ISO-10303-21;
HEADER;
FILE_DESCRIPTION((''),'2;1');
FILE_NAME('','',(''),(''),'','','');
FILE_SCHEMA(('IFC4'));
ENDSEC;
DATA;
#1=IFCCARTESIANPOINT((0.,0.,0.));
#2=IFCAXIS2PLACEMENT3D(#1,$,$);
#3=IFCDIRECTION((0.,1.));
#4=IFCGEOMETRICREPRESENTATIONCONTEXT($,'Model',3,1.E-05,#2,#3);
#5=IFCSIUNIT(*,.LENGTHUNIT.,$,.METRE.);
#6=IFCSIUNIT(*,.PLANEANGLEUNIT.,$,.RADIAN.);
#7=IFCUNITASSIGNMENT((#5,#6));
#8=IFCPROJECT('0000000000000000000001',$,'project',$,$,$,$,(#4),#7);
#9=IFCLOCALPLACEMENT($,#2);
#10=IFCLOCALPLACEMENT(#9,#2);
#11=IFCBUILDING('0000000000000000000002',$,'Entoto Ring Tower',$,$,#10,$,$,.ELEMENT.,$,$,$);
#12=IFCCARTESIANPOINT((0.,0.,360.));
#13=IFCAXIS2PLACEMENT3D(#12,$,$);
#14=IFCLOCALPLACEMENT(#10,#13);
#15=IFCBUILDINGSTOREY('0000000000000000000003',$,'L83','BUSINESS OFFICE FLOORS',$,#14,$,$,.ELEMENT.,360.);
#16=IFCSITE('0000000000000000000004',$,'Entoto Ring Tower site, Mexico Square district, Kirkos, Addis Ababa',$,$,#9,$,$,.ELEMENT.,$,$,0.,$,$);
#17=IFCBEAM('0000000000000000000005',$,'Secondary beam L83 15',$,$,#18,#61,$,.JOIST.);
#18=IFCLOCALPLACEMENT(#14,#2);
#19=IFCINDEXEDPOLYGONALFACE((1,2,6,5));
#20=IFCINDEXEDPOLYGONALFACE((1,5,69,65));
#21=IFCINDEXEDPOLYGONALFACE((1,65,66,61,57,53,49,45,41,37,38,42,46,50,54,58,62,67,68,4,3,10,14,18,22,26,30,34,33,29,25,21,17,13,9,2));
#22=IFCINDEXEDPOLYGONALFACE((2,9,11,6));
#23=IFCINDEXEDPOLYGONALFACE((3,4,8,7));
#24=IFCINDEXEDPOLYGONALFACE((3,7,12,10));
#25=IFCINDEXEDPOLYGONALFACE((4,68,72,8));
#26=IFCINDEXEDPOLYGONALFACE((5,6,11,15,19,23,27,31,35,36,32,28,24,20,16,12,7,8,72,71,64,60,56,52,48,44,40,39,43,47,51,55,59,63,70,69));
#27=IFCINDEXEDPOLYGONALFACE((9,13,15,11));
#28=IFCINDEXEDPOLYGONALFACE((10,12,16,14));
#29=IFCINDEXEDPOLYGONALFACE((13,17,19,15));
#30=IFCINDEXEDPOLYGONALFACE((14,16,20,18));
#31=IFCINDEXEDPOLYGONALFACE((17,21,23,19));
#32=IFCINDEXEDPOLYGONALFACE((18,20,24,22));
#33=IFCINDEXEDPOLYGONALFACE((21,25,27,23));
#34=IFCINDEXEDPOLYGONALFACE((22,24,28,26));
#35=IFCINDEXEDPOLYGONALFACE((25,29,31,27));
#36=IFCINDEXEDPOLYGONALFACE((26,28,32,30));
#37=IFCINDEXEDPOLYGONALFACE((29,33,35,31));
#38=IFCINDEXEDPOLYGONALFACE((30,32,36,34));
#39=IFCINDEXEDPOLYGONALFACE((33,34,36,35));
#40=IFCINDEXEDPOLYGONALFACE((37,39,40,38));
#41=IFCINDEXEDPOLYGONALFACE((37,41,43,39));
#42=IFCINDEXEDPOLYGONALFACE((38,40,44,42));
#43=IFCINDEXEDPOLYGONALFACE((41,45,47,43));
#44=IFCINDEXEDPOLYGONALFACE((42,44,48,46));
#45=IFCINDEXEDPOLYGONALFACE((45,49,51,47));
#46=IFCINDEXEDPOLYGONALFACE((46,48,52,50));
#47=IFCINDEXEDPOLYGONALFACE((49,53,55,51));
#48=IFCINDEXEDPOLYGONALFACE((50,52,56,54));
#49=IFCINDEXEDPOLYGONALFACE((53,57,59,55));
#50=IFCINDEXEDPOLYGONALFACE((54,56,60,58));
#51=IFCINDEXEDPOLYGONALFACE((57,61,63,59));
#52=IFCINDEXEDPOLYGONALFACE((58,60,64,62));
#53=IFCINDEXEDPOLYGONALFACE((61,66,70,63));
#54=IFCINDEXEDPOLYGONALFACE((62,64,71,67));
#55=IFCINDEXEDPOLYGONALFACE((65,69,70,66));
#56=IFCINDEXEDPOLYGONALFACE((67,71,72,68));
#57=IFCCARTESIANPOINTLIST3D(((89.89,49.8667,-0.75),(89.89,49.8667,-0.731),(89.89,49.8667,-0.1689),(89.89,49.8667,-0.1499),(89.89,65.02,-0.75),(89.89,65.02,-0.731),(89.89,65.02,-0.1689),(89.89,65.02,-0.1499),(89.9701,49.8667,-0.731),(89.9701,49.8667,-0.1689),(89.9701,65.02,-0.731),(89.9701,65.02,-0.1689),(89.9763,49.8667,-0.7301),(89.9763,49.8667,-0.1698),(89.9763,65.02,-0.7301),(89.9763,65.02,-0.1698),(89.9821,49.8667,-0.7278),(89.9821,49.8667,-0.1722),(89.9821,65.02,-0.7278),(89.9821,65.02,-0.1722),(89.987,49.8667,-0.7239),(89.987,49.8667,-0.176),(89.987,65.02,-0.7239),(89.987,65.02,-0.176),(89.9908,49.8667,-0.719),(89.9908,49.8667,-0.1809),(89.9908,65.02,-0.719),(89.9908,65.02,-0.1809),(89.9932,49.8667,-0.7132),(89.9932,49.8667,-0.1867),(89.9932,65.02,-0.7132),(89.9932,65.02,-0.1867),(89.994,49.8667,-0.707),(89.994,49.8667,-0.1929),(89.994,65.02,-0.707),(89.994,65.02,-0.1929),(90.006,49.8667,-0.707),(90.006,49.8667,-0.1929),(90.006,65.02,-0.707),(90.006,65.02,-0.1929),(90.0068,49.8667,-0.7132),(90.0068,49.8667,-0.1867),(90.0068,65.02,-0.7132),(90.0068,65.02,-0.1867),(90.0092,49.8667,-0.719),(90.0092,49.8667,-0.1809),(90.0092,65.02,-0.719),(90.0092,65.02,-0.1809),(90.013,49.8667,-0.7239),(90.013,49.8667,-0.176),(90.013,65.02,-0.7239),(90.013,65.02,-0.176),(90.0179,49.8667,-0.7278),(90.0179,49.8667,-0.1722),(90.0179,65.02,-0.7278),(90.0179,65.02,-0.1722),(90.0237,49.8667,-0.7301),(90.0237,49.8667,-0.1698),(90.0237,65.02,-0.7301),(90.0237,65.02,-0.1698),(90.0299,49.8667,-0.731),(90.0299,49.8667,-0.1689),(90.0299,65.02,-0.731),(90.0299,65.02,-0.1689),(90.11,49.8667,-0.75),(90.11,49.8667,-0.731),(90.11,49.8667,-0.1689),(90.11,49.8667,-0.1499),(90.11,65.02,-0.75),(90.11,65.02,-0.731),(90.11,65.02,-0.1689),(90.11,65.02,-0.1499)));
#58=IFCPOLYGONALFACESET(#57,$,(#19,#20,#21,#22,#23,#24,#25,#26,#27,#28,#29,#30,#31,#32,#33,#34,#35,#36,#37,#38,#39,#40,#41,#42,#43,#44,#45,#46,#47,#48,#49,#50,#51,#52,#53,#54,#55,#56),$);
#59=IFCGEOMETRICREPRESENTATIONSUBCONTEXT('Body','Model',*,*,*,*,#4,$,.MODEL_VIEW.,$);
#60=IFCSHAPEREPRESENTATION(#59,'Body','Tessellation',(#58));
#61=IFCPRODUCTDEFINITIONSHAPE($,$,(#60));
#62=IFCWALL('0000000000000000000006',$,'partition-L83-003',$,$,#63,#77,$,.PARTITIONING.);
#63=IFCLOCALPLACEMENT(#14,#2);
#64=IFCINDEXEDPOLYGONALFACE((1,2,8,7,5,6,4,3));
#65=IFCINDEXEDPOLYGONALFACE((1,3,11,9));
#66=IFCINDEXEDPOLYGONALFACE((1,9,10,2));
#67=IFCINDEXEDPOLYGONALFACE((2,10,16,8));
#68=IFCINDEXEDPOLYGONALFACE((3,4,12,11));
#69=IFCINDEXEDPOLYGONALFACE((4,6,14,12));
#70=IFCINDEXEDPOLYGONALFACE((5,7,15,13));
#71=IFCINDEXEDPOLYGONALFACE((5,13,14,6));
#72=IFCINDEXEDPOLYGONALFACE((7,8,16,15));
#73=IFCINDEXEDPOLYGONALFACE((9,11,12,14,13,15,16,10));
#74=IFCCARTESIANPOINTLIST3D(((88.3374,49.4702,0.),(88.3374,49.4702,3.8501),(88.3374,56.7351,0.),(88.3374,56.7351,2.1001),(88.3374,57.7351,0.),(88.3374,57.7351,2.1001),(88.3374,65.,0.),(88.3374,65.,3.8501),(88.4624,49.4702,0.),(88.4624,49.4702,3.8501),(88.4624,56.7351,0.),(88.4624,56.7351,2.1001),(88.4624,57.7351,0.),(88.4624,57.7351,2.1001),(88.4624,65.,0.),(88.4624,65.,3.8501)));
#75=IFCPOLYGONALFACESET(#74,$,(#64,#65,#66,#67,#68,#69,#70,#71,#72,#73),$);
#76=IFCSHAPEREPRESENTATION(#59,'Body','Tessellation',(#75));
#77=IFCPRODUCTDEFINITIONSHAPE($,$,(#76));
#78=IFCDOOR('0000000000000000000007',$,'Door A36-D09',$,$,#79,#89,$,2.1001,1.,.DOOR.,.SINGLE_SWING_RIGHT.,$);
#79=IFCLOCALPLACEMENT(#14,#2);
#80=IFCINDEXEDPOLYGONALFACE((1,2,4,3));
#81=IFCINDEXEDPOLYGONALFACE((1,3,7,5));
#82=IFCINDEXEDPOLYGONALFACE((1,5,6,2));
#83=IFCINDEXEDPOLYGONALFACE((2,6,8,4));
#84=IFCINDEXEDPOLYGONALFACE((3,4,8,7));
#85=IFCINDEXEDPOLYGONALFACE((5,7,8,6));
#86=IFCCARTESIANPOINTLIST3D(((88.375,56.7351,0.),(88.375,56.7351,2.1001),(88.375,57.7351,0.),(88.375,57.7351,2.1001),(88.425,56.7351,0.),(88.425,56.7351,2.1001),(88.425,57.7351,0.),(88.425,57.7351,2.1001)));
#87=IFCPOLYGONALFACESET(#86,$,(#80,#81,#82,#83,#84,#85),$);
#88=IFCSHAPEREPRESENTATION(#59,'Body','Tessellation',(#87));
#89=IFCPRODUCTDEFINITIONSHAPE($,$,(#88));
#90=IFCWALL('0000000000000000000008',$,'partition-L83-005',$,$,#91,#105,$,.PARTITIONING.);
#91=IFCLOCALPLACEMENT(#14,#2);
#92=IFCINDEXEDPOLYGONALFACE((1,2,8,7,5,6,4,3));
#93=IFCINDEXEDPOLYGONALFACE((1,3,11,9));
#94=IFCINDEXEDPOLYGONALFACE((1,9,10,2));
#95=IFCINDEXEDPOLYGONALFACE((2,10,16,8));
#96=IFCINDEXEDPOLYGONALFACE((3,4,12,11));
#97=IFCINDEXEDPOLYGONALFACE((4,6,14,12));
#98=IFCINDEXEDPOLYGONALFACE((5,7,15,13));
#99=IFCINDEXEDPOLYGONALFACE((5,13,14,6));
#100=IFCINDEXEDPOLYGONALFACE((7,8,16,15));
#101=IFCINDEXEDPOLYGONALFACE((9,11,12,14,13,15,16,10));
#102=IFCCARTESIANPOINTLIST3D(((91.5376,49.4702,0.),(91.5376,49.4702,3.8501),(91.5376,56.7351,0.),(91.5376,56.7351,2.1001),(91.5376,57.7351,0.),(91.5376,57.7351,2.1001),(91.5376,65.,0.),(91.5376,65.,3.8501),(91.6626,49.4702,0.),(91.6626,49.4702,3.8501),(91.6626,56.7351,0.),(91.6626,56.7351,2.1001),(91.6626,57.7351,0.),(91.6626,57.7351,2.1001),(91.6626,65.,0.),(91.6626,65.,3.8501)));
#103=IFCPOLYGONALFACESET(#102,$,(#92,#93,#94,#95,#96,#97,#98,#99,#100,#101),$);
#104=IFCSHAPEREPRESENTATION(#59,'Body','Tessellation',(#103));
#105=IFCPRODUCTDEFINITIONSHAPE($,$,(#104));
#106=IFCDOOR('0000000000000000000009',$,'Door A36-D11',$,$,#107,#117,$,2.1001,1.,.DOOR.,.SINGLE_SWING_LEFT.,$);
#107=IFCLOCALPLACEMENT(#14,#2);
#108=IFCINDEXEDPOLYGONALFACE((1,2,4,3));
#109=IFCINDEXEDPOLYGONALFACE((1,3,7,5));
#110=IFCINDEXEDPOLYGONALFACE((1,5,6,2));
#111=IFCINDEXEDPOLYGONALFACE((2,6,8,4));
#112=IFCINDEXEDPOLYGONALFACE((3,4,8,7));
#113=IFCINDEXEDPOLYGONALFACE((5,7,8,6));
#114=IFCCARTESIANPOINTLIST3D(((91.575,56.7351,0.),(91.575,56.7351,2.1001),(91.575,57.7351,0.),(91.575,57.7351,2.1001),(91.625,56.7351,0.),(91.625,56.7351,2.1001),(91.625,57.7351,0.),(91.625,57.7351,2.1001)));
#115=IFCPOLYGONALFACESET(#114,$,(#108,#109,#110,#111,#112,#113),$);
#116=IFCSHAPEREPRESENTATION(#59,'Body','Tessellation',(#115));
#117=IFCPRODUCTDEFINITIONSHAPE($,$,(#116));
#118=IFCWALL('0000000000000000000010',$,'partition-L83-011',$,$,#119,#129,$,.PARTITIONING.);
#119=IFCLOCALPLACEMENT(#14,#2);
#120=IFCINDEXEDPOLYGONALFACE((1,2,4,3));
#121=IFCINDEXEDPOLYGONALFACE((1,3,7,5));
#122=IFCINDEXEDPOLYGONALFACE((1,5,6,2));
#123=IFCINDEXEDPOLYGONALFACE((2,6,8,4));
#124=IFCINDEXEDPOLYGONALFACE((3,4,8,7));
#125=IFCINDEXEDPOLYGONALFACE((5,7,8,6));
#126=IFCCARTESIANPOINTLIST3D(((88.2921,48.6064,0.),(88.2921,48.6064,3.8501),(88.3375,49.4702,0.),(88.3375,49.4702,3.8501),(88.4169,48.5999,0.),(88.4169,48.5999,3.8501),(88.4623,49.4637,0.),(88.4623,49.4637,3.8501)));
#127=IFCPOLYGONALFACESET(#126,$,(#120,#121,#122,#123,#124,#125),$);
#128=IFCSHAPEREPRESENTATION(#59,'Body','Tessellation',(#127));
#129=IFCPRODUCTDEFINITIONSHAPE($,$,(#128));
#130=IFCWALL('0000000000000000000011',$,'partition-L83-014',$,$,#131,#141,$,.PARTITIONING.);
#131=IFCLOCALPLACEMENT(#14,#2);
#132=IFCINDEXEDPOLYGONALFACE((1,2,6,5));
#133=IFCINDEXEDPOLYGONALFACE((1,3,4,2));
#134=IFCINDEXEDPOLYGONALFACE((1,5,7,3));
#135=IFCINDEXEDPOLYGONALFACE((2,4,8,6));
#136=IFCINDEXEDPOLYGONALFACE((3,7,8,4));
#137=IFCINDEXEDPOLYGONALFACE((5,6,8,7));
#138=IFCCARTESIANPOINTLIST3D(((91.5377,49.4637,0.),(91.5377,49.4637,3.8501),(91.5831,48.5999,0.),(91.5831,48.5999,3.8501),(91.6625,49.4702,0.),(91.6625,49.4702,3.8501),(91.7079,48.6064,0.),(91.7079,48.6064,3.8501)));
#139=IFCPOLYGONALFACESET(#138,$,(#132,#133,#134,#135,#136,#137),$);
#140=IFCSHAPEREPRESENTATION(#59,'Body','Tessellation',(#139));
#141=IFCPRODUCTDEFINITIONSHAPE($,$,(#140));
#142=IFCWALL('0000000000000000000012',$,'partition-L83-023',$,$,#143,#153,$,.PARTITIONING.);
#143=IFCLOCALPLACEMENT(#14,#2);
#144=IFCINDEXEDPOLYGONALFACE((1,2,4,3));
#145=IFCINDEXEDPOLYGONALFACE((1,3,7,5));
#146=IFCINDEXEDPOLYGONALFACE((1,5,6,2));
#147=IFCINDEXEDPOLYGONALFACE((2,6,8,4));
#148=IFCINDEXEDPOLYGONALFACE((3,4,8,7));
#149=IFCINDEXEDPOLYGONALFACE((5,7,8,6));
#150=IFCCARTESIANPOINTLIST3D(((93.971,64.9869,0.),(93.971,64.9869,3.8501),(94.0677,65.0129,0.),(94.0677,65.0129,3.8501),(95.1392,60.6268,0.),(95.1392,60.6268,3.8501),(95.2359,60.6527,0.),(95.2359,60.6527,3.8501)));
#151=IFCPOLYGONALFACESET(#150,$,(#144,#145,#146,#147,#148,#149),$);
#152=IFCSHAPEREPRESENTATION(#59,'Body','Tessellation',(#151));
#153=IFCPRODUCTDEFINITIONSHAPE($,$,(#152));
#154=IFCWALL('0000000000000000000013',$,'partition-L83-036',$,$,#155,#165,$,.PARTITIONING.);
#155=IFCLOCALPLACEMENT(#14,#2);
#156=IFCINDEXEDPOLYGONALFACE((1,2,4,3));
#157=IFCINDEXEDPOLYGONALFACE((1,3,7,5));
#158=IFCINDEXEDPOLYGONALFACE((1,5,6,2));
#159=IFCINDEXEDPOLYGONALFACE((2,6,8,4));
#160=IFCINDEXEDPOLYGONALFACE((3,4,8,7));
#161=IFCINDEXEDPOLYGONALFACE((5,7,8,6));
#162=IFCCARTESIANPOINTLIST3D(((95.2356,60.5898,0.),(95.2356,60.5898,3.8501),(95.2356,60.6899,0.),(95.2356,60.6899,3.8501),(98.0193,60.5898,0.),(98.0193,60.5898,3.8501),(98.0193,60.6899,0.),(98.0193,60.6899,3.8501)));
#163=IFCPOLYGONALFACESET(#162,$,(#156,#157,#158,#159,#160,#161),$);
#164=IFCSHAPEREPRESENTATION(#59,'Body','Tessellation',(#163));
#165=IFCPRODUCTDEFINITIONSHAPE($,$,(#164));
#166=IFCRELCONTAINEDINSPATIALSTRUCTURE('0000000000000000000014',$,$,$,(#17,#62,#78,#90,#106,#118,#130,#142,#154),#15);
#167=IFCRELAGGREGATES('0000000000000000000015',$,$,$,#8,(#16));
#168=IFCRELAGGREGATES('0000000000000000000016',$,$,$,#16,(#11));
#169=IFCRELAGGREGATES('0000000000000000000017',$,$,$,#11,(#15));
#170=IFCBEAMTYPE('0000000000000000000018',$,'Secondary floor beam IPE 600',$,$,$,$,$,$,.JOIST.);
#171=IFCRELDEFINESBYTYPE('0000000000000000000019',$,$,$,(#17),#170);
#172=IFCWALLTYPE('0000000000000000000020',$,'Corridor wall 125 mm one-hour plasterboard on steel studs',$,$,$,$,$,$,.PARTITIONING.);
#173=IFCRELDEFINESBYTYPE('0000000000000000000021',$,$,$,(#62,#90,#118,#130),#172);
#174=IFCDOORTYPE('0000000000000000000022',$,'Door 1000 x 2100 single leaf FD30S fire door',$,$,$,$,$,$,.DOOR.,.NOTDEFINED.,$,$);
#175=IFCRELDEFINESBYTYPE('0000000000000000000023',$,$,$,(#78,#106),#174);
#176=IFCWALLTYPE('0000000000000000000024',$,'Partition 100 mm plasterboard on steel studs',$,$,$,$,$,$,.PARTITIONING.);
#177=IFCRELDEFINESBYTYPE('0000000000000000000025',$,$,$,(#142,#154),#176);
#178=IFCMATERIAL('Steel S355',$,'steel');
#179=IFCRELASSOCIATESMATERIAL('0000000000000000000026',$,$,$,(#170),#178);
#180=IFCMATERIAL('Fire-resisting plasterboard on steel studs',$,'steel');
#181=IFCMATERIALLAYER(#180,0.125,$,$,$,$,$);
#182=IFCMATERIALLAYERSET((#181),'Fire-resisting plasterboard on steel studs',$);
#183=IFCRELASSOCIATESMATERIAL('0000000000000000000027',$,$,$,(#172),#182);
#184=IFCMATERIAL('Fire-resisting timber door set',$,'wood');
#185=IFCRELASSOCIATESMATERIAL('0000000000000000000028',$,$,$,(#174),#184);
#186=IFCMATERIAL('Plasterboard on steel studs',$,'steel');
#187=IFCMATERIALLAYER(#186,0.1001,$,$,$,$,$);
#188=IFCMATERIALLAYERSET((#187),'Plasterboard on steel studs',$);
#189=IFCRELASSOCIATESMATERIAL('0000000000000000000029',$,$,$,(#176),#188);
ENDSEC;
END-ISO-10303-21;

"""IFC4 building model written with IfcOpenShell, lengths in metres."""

from ifc_helpers import new_model, si_unit, direction, frame, frame_2d, origin, origin_2d, place, context, subcontext, project, spatial, rectangle, i_section, extrude, material, layer, layer_set, material_profile, profile_set, type_object, element, fill, save


model = new_model("IFC4")

# Units and contexts
model_context = context("Model", 3, precision=1e-05, world=origin(), true_north=direction((0.0, 1.0)))
body_context = subcontext(model_context, "Body", "Model", "MODEL_VIEW")
ifc_project = project(units=[si_unit("LENGTHUNIT", "METRE"), si_unit("PLANEANGLEUNIT", "RADIAN")], contexts=[model_context])

# Site, building, storey
site_placement = place(None, origin())
site = spatial("IfcSite", under=ifc_project, at=site_placement, Name="Entoto Ring Tower site, Mexico Square district, Kirkos, Addis Ababa", CompositionType="ELEMENT", RefElevation=0.0)
building_placement = place(site_placement, origin())
building = spatial("IfcBuilding", under=site, at=building_placement, Name="Entoto Ring Tower", CompositionType="ELEMENT")
storey_placement = place(building_placement, frame((0.0, 0.0, 360.0)))
storey = spatial("IfcBuildingStorey", under=building, at=storey_placement, Name="L83", Description="BUSINESS OFFICE FLOORS", CompositionType="ELEMENT", Elevation=360.0)

# Beam
ifc_material_1 = material(Name="Steel S355", Category="steel")
ifc_material_profile_1 = material_profile(ifc_material_1, i_section(OverallWidth=0.22, OverallDepth=0.6001, WebThickness=0.012, FlangeThickness=0.019, FilletRadius=0.0239, at=origin_2d()), Name="IPE 600")
ifc_profile_set_1 = profile_set([ifc_material_profile_1], Name="Steel S355")
beam_type_1 = type_object("IfcBeamType", Name="Secondary floor beam IPE 600", PredefinedType="JOIST", material=ifc_profile_set_1)
beam_1_placement = place(storey_placement, frame((90.0, 65.02, -0.45), z_axis=(0.0, -1.0, 0.0), x_axis=(1.0, 0.0, 0.0)))
element("IfcBeam", 1, at=beam_1_placement, inside=storey, type_object=beam_type_1, Name="Secondary beam L83 15", PredefinedType="JOIST", context=body_context, shape_type="SweptSolid", body=[
    extrude(i_section(OverallWidth=0.22, OverallDepth=0.6001, WebThickness=0.012, FlangeThickness=0.019, FilletRadius=0.0239, at=origin_2d()), origin(), (0.0, 0.0, 1.0), 15.1533),
])

# Walls, openings, doors
ifc_material_2 = material(Name="Fire-resisting plasterboard on steel studs", Category="steel")
ifc_layer_1 = layer(ifc_material_2, 0.125)
ifc_layer_set_1 = layer_set([ifc_layer_1], Name="Fire-resisting plasterboard on steel studs")
wall_type_1 = type_object("IfcWallType", Name="Corridor wall 125 mm one-hour plasterboard on steel studs", PredefinedType="PARTITIONING", material=ifc_layer_set_1)
wall_1_placement = place(storey_placement, frame((88.3999, 49.4702, 0.0), z_axis=(0.0, 0.0, 1.0), x_axis=(0.0, 1.0, 0.0)))
wall_1 = element("IfcWall", 2, at=wall_1_placement, inside=storey, type_object=wall_type_1, Name="partition-L83-003", PredefinedType="PARTITIONING", context=body_context, shape_type="SweptSolid", body=[
    extrude(rectangle(XDim=15.5298, YDim=0.125, at=frame_2d((7.7649, 0.0))), origin(), (0.0, 0.0, 1.0), 3.8501),
])
opening_1_placement = place(wall_1_placement, frame((7.2649, 0.0, 0.0)))
opening_1 = element("IfcOpeningElement", 3, at=opening_1_placement, cuts=wall_1, PredefinedType="OPENING", context=body_context, shape_type="SweptSolid", body=[
    extrude(rectangle(XDim=1.0, YDim=2.1001, at=frame_2d((0.5, 1.05))), frame((0.0, 0.0725, 0.0), z_axis=(0.0, -1.0, 0.0), x_axis=(1.0, 0.0, 0.0)), (0.0, 0.0, 1.0), 0.145),
])
ifc_material_3 = material(Name="Fire-resisting timber door set", Category="wood")
door_type = type_object("IfcDoorType", Name="Door 1000 x 2100 single leaf FD30S fire door", OperationType="NOTDEFINED", PredefinedType="DOOR", material=ifc_material_3)
door_1_placement = place(opening_1_placement, origin())
door_1 = element("IfcDoor", 4, at=door_1_placement, inside=storey, type_object=door_type, Name="Door A36-D09", OperationType="SINGLE_SWING_RIGHT", OverallHeight=2.1001, OverallWidth=1.0, PredefinedType="DOOR", context=body_context, shape_type="SweptSolid", body=[
    extrude(rectangle(XDim=1.0, YDim=2.1001, at=frame_2d((0.5, 1.05))), frame((0.0, 0.0249, 0.0), z_axis=(0.0, -1.0, 0.0), x_axis=(1.0, 0.0, 0.0)), (0.0, 0.0, 1.0), 0.05),
])
fill(opening_1, door_1)
wall_2_placement = place(storey_placement, frame((91.6001, 49.4702, 0.0), z_axis=(0.0, 0.0, 1.0), x_axis=(0.0, 1.0, 0.0)))
wall_2 = element("IfcWall", 5, at=wall_2_placement, inside=storey, type_object=wall_type_1, Name="partition-L83-005", PredefinedType="PARTITIONING", context=body_context, shape_type="SweptSolid", body=[
    extrude(rectangle(XDim=15.5298, YDim=0.125, at=frame_2d((7.7649, 0.0))), origin(), (0.0, 0.0, 1.0), 3.8501),
])
opening_2_placement = place(wall_2_placement, frame((7.2649, 0.0, 0.0)))
opening_2 = element("IfcOpeningElement", 6, at=opening_2_placement, cuts=wall_2, PredefinedType="OPENING", context=body_context, shape_type="SweptSolid", body=[
    extrude(rectangle(XDim=1.0, YDim=2.1001, at=frame_2d((0.5, 1.05))), frame((0.0, 0.0725, 0.0), z_axis=(0.0, -1.0, 0.0), x_axis=(1.0, 0.0, 0.0)), (0.0, 0.0, 1.0), 0.145),
])
door_2_placement = place(opening_2_placement, frame((1.0, 0.0, 0.0), z_axis=(0.0, 0.0, 1.0), x_axis=(-1.0, 0.0, 0.0)))
door_2 = element("IfcDoor", 7, at=door_2_placement, inside=storey, type_object=door_type, Name="Door A36-D11", OperationType="SINGLE_SWING_LEFT", OverallHeight=2.1001, OverallWidth=1.0, PredefinedType="DOOR", context=body_context, shape_type="SweptSolid", body=[
    extrude(rectangle(XDim=1.0, YDim=2.1001, at=frame_2d((0.5, 1.05))), frame((0.0, 0.0249, 0.0), z_axis=(0.0, -1.0, 0.0), x_axis=(1.0, 0.0, 0.0)), (0.0, 0.0, 1.0), 0.05),
])
fill(opening_2, door_2)

# Walls
for number, where, z_axis, x_axis, name in (
    (8, (88.3545, 48.603, 0.0), (0.0, 0.0, 1.0), (0.0525, 0.998621, 0.0), "partition-L83-011"),
    (9, (91.6455, 48.603, 0.0), (0.0, 0.0, 1.0), (-0.0525, 0.998621, 0.0), "partition-L83-014"),
):
    element("IfcWall", number, at=place(storey_placement, frame(where, z_axis=z_axis, x_axis=x_axis)), inside=storey, type_object=wall_type_1, Name=name, PredefinedType="PARTITIONING", context=body_context, shape_type="SweptSolid", body=[
        extrude(rectangle(XDim=0.865, YDim=0.125, at=frame_2d((0.4326, 0.0))), origin(), (0.0, 0.0, 1.0), 3.8501),
    ])
ifc_material_4 = material(Name="Plasterboard on steel studs", Category="steel")
ifc_layer_2 = layer(ifc_material_4, 0.1001)
ifc_layer_set_2 = layer_set([ifc_layer_2], Name="Plasterboard on steel studs")
wall_type_2 = type_object("IfcWallType", Name="Partition 100 mm plasterboard on steel studs", PredefinedType="PARTITIONING", material=ifc_layer_set_2)
wall_3_placement = place(storey_placement, frame((95.1875, 60.6399, 0.0), z_axis=(0.0, 0.0, 1.0), x_axis=(-0.258804, 0.96593, 0.0)))
element("IfcWall", 10, at=wall_3_placement, inside=storey, type_object=wall_type_2, Name="partition-L83-023", PredefinedType="PARTITIONING", context=body_context, shape_type="SweptSolid", body=[
    extrude(rectangle(XDim=4.5139, YDim=0.1001, at=frame_2d((2.2568, 0.0))), origin(), (0.0, 0.0, 1.0), 3.8501),
])
wall_4_placement = place(storey_placement, frame((95.2356, 60.6399, 0.0), z_axis=(0.0, 0.0, 1.0), x_axis=(1.0, 0.0, 0.0)))
element("IfcWall", 11, at=wall_4_placement, inside=storey, type_object=wall_type_2, Name="partition-L83-036", PredefinedType="PARTITIONING", context=body_context, shape_type="SweptSolid", body=[
    extrude(rectangle(XDim=2.7837, YDim=0.1001, at=frame_2d((1.3918, 0.0))), origin(), (0.0, 0.0, 1.0), 3.8501),
])

save(model, "model.ifc")
